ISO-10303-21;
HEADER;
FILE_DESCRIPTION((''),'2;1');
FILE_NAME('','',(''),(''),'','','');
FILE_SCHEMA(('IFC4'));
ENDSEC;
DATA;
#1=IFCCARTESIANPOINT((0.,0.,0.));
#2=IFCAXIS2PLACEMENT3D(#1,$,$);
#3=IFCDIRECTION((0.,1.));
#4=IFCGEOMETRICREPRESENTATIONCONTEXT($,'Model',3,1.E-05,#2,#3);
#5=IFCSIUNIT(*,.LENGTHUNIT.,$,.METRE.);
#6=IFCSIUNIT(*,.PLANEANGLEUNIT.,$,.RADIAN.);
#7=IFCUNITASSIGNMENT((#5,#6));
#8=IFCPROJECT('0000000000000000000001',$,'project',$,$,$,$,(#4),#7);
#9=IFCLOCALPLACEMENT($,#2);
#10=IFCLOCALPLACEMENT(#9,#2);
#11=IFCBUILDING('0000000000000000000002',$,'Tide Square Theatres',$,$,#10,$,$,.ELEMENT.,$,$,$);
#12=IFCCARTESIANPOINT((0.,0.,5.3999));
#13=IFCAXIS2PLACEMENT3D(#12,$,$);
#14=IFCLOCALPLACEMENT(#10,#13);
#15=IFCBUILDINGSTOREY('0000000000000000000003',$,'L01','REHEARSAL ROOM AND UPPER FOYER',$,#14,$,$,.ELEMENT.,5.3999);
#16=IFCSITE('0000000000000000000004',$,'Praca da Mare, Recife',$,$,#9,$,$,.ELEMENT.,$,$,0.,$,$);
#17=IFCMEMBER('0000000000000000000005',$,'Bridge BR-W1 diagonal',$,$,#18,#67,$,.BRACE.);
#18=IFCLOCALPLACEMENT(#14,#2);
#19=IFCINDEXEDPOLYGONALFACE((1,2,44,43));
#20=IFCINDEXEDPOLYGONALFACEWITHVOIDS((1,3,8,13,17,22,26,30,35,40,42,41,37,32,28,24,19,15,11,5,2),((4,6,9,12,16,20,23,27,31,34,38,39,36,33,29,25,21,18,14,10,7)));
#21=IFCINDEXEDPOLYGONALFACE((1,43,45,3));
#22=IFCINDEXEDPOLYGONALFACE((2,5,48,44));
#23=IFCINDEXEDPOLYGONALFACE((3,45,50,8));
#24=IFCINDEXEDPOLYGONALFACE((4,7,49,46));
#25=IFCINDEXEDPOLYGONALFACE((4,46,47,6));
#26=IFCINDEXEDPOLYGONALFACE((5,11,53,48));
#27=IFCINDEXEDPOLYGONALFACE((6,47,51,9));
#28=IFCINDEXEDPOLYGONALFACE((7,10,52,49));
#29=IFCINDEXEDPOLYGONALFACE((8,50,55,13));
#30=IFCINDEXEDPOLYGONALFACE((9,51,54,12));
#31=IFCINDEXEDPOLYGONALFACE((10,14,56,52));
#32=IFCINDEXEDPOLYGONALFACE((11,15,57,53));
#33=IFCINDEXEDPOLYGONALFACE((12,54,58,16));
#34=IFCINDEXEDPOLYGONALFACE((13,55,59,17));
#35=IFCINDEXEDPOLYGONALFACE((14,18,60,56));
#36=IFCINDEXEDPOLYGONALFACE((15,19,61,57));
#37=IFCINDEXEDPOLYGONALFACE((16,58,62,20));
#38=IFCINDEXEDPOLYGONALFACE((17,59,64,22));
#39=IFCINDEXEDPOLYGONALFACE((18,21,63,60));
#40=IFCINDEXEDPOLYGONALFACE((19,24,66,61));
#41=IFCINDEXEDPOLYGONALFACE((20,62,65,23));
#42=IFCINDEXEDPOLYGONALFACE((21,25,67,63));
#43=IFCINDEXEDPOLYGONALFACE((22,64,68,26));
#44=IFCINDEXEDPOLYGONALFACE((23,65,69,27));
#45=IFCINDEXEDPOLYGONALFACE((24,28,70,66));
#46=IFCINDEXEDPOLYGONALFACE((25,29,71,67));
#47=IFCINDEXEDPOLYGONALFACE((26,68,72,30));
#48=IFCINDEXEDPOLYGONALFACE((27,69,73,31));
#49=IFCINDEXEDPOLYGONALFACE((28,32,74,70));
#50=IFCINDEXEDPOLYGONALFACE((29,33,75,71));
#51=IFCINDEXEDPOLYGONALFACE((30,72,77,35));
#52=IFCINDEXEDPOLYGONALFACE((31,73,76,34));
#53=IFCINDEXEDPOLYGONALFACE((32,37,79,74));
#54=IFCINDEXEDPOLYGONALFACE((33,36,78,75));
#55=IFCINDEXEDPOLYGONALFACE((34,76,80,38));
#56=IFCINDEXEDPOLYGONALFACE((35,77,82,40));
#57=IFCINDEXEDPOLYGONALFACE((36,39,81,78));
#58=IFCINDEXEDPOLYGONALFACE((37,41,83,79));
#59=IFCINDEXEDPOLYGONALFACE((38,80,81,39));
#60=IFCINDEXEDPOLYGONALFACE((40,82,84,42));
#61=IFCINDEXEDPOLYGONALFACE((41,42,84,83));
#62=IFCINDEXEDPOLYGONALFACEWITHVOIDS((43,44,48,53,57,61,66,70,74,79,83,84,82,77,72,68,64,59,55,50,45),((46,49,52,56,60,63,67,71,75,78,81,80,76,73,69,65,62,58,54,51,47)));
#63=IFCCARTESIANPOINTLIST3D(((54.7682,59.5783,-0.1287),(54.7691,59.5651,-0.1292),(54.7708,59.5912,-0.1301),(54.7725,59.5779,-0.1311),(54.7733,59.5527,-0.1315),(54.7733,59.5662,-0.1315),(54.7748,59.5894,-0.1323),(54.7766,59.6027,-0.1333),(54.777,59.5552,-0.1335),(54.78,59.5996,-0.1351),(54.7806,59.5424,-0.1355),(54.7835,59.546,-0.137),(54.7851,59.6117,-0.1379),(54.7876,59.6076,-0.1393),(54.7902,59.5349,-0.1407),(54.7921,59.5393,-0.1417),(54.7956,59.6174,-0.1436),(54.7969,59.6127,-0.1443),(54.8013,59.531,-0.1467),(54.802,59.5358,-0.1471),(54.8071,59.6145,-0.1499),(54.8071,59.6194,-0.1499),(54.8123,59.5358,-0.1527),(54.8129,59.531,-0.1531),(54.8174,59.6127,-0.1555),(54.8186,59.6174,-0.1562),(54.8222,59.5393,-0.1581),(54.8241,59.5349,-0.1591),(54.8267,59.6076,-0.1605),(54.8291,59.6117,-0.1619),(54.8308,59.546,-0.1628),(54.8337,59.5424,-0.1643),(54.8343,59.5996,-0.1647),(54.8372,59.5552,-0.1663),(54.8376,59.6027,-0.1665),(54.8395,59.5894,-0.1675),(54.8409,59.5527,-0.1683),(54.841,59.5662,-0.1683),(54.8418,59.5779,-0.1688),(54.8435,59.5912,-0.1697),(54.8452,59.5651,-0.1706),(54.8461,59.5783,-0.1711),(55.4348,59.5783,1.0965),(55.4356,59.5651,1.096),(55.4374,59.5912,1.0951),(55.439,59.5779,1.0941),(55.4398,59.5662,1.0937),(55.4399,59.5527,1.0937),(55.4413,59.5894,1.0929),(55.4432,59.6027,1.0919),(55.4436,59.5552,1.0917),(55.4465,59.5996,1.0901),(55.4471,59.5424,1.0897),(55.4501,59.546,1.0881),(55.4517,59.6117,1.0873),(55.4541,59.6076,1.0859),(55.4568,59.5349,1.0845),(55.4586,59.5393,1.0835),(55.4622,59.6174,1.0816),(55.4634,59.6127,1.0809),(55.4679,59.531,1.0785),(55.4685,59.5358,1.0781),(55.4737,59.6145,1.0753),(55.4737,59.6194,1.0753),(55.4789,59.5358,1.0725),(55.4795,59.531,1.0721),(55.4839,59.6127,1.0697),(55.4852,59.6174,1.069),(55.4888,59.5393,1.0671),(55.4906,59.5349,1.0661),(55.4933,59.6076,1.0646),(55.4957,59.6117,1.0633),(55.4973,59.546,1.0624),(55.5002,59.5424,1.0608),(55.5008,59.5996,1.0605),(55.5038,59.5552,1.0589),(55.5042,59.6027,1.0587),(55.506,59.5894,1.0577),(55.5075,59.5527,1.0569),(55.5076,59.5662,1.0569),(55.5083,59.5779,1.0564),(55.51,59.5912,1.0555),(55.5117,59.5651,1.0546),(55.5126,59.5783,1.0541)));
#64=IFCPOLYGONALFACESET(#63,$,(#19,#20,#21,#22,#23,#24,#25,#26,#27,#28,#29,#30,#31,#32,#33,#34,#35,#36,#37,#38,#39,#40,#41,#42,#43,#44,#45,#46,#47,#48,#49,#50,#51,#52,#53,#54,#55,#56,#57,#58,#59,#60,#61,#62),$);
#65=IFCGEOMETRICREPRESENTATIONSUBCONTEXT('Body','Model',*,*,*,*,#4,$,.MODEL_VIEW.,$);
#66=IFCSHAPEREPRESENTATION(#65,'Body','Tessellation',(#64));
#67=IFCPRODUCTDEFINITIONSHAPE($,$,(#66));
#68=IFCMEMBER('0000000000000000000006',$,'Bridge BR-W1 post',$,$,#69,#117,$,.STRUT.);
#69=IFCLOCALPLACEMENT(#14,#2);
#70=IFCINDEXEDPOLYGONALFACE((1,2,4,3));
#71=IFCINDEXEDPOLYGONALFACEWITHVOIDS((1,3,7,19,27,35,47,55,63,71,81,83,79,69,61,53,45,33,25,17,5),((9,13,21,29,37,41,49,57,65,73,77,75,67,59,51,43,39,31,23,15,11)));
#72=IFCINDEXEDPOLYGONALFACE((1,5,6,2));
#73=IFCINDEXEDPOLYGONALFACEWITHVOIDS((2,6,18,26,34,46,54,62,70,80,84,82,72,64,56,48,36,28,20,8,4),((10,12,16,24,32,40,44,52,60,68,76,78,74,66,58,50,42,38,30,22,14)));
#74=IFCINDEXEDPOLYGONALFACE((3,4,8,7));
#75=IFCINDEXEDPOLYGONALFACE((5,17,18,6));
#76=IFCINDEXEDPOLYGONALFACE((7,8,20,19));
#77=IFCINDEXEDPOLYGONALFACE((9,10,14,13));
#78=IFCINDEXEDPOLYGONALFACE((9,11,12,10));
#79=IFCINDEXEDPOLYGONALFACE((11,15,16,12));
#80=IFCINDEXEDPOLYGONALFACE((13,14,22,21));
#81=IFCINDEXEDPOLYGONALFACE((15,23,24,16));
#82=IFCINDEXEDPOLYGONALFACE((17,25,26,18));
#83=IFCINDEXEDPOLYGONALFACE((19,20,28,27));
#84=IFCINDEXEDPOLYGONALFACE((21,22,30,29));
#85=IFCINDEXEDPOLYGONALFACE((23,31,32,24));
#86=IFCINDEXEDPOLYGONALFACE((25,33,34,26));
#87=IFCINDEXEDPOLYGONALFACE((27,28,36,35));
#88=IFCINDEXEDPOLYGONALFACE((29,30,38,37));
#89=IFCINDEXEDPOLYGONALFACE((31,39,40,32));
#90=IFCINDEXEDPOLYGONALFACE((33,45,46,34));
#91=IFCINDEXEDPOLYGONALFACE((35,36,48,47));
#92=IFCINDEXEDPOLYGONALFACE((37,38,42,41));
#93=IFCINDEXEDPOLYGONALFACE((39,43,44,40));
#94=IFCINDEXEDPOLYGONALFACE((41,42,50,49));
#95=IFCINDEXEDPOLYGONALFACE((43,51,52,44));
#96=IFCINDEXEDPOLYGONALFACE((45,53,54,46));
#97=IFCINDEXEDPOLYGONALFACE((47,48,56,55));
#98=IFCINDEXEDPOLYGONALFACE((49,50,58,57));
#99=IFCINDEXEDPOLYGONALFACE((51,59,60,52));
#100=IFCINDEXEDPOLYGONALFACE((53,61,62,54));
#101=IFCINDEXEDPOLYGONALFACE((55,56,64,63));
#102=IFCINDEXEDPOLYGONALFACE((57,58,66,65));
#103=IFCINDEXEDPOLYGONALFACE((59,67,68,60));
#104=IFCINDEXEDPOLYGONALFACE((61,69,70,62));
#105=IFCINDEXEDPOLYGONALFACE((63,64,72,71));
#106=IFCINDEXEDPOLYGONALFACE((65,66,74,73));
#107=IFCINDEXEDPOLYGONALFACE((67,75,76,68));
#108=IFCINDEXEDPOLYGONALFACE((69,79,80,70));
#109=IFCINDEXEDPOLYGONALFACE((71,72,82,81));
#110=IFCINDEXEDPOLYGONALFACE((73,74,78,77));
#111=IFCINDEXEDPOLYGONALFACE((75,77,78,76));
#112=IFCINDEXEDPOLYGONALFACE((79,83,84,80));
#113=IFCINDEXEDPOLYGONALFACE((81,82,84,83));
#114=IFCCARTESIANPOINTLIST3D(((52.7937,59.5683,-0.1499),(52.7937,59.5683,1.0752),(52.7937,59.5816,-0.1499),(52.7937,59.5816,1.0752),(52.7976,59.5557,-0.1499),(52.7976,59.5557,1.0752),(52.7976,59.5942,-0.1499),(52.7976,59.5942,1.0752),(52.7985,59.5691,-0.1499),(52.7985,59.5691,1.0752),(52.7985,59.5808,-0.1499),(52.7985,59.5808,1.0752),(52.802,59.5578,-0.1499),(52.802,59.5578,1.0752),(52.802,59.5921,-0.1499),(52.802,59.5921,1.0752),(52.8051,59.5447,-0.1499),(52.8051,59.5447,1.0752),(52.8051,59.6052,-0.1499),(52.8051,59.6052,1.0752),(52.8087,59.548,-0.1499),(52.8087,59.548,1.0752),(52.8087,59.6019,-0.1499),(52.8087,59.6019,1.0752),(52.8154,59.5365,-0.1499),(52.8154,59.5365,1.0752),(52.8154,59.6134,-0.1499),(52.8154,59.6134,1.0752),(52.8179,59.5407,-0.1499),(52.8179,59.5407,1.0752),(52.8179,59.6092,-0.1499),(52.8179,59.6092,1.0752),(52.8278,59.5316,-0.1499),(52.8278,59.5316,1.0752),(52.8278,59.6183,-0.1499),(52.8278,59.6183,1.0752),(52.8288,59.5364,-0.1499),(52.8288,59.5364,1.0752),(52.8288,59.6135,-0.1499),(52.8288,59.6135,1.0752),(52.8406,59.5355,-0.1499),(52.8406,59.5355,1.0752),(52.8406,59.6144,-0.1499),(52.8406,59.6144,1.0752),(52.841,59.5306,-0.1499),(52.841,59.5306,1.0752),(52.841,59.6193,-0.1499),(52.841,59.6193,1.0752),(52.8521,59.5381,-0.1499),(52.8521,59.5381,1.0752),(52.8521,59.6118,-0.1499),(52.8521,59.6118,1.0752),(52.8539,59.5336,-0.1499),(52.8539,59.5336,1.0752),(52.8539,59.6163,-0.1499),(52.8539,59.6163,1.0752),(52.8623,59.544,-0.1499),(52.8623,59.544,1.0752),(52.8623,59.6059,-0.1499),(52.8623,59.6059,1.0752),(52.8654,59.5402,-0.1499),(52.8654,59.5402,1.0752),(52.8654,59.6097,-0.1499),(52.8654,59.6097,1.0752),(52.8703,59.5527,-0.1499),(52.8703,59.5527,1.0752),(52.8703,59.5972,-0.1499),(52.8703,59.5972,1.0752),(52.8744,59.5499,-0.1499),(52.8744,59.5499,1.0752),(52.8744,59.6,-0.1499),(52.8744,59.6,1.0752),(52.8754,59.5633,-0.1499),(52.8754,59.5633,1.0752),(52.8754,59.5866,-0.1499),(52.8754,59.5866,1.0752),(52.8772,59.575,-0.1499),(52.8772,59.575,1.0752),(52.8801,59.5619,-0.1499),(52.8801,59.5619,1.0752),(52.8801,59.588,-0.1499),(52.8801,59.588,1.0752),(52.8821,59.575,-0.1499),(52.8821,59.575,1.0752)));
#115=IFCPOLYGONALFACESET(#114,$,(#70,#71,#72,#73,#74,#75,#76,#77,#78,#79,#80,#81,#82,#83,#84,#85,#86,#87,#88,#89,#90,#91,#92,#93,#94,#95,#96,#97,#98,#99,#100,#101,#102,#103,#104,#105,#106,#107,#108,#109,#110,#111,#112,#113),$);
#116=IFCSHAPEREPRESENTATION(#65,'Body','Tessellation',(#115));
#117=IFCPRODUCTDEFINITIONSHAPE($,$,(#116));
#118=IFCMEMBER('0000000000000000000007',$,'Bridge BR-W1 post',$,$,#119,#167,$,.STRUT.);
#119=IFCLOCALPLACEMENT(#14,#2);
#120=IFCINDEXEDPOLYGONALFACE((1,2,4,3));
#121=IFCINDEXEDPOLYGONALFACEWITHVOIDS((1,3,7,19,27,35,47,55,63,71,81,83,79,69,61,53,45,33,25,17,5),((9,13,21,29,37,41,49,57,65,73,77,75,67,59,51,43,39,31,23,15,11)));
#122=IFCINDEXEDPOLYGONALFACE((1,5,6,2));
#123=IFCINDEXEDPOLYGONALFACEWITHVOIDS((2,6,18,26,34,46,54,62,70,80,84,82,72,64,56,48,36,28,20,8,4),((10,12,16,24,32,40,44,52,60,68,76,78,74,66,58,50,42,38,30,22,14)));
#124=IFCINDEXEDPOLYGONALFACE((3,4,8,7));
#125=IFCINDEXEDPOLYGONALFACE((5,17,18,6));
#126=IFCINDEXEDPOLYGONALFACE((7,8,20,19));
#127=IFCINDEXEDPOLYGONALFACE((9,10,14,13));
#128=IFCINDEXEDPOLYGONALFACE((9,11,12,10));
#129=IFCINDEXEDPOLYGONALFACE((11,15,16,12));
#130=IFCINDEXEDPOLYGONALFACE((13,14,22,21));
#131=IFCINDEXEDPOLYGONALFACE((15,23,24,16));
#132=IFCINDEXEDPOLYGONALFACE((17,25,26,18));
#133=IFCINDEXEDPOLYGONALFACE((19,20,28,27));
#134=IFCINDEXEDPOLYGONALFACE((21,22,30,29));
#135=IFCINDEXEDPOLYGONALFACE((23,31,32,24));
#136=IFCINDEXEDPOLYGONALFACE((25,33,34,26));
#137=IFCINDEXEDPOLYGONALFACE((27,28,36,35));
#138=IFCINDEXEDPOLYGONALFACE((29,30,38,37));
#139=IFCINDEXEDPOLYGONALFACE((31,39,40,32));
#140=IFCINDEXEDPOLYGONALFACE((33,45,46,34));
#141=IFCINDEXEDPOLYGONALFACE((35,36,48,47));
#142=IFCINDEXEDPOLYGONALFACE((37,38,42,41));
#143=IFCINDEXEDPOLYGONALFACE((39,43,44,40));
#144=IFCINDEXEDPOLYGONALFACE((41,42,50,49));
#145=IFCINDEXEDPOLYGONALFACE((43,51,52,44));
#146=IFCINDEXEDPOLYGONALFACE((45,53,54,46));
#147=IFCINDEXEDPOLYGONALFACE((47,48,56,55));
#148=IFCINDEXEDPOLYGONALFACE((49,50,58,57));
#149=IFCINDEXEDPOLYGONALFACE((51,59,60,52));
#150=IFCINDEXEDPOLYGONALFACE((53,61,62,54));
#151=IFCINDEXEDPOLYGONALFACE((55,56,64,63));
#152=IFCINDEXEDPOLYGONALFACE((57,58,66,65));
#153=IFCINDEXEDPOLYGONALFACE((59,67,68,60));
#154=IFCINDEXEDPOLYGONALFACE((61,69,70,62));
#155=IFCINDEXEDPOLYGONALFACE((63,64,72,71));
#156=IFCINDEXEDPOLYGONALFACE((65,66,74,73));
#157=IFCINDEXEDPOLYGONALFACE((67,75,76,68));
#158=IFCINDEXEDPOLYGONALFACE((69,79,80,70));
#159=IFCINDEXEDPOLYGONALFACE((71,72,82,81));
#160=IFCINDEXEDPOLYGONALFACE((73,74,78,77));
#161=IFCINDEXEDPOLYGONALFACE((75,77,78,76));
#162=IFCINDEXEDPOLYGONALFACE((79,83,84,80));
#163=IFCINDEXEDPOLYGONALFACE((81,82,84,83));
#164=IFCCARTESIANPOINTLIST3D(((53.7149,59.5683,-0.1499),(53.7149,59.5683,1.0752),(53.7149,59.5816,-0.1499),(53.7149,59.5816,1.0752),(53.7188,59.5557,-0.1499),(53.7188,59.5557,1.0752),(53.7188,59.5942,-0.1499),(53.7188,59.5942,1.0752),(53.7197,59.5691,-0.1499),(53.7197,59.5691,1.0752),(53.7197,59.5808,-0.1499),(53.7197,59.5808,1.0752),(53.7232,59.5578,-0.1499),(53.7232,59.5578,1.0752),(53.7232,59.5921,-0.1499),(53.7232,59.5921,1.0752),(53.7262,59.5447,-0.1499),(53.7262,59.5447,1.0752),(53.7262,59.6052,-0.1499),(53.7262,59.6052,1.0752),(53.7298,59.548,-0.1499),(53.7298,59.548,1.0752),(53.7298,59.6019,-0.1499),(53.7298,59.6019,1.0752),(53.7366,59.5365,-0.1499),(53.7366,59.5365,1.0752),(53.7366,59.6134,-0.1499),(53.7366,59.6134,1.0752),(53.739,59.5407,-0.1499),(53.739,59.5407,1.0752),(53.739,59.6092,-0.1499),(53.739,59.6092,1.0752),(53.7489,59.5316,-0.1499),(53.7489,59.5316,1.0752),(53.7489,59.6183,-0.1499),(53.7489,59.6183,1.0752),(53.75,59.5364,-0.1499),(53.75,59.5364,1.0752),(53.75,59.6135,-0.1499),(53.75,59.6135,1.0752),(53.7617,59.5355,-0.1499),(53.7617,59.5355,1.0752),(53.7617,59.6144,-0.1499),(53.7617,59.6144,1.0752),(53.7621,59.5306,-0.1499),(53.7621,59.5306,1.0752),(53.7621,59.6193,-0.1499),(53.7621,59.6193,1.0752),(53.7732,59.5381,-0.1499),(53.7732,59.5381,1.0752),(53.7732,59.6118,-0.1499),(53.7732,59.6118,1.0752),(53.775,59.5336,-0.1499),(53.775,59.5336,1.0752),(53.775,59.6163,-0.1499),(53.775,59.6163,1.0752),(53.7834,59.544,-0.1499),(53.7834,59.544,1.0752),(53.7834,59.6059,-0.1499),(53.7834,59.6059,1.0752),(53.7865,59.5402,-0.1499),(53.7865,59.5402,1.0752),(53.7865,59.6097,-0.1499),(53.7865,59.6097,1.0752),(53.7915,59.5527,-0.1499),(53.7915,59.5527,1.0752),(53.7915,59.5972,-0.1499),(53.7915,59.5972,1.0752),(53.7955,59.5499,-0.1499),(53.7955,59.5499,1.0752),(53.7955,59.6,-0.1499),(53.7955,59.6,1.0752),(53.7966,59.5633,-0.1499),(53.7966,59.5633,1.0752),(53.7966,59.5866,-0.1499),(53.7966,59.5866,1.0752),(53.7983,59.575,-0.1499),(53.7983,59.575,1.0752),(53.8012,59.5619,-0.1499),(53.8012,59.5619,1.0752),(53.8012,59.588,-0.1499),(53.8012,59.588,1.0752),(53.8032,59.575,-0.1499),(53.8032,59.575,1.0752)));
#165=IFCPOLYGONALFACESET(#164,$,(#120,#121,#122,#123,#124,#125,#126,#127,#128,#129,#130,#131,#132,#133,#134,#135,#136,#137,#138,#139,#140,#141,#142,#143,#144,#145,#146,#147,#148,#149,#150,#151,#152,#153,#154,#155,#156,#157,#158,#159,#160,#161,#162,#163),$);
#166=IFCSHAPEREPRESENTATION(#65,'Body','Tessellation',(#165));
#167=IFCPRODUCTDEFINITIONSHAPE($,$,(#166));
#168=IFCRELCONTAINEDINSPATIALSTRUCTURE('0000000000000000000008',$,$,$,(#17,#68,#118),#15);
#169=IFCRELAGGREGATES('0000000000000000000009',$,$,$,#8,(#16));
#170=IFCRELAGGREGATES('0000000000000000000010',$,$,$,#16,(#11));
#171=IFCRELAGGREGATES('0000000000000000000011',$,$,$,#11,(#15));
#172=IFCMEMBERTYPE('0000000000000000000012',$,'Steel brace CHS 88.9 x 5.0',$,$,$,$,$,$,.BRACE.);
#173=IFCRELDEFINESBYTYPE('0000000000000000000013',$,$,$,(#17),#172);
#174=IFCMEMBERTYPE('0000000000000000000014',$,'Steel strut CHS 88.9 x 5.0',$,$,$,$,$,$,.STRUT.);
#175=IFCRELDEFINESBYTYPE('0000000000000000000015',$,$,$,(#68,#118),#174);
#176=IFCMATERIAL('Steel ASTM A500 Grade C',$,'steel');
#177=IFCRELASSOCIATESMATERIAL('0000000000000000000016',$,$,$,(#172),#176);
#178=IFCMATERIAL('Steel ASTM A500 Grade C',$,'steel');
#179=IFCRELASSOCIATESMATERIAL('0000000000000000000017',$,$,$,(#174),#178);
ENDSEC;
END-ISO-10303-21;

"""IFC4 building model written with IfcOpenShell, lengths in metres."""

from ifc_helpers import new_model, si_unit, direction, frame, origin, origin_2d, place, context, subcontext, project, spatial, hollow_circle, extrude, material, material_profile, profile_set, type_object, element, save


model = new_model("IFC4")

# Units and contexts
model_context = context("Model", 3, precision=1e-05, world=origin(), true_north=direction((0.0, 1.0)))
body_context = subcontext(model_context, "Body", "Model", "MODEL_VIEW")
ifc_project = project(units=[si_unit("LENGTHUNIT", "METRE"), si_unit("PLANEANGLEUNIT", "RADIAN")], contexts=[model_context])

# Site, building, storey
site_placement = place(None, origin())
site = spatial("IfcSite", under=ifc_project, at=site_placement, Name="Praca da Mare, Recife", CompositionType="ELEMENT", RefElevation=0.0)
building_placement = place(site_placement, origin())
building = spatial("IfcBuilding", under=site, at=building_placement, Name="Tide Square Theatres", CompositionType="ELEMENT")
storey_placement = place(building_placement, frame((0.0, 0.0, 5.3999)))
storey = spatial("IfcBuildingStorey", under=building, at=storey_placement, Name="L01", Description="REHEARSAL ROOM AND UPPER FOYER", CompositionType="ELEMENT", Elevation=5.3999)

# Members
ifc_material_1 = material(Name="Steel ASTM A500 Grade C", Category="steel")
ifc_material_profile_1 = material_profile(ifc_material_1, hollow_circle(Radius=0.0444, WallThickness=0.0049, at=origin_2d()))
ifc_profile_set_1 = profile_set([ifc_material_profile_1], Name="Steel ASTM A500 Grade C")
member_type_1 = type_object("IfcMemberType", Name="Steel brace CHS 88.9 x 5.0", PredefinedType="BRACE", material=ifc_profile_set_1)
for number, where, z_axis, x_axis, name in (
    (1, (54.8071, 59.575, -0.1499), (0.477895, 0.0, 0.878417), (0.0, 1.0, 0.0), "Bridge BR-W1 diagonal"),
):
    element("IfcMember", number, at=place(storey_placement, frame(where, z_axis=z_axis, x_axis=x_axis)), inside=storey, type_object=member_type_1, Name=name, PredefinedType="BRACE", context=body_context, shape_type="SweptSolid", body=[
        extrude(hollow_circle(Radius=0.0444, WallThickness=0.0049, at=origin_2d()), origin(), (0.0, 0.0, 1.0), 1.3948),
    ])
ifc_material_2 = material(Name="Steel ASTM A500 Grade C", Category="steel")
ifc_material_profile_2 = material_profile(ifc_material_2, hollow_circle(Radius=0.0444, WallThickness=0.0049, at=origin_2d()))
ifc_profile_set_2 = profile_set([ifc_material_profile_2], Name="Steel ASTM A500 Grade C")
member_type_2 = type_object("IfcMemberType", Name="Steel strut CHS 88.9 x 5.0", PredefinedType="STRUT", material=ifc_profile_set_2)
for number, where, z_axis, x_axis, name in (
    (2, (52.8376, 59.575, -0.1499), (0.0, 0.0, 1.0), (1.0, 0.0, 0.0), "Bridge BR-W1 post"),
    (3, (53.7588, 59.575, -0.1499), (0.0, 0.0, 1.0), (1.0, 0.0, 0.0), "Bridge BR-W1 post"),
):
    element("IfcMember", number, at=place(storey_placement, frame(where, z_axis=z_axis, x_axis=x_axis)), inside=storey, type_object=member_type_2, Name=name, PredefinedType="STRUT", context=body_context, shape_type="SweptSolid", body=[
        extrude(hollow_circle(Radius=0.0444, WallThickness=0.0049, at=origin_2d()), origin(), (0.0, 0.0, 1.0), 1.2251),
    ])

save(model, "model.ifc")
